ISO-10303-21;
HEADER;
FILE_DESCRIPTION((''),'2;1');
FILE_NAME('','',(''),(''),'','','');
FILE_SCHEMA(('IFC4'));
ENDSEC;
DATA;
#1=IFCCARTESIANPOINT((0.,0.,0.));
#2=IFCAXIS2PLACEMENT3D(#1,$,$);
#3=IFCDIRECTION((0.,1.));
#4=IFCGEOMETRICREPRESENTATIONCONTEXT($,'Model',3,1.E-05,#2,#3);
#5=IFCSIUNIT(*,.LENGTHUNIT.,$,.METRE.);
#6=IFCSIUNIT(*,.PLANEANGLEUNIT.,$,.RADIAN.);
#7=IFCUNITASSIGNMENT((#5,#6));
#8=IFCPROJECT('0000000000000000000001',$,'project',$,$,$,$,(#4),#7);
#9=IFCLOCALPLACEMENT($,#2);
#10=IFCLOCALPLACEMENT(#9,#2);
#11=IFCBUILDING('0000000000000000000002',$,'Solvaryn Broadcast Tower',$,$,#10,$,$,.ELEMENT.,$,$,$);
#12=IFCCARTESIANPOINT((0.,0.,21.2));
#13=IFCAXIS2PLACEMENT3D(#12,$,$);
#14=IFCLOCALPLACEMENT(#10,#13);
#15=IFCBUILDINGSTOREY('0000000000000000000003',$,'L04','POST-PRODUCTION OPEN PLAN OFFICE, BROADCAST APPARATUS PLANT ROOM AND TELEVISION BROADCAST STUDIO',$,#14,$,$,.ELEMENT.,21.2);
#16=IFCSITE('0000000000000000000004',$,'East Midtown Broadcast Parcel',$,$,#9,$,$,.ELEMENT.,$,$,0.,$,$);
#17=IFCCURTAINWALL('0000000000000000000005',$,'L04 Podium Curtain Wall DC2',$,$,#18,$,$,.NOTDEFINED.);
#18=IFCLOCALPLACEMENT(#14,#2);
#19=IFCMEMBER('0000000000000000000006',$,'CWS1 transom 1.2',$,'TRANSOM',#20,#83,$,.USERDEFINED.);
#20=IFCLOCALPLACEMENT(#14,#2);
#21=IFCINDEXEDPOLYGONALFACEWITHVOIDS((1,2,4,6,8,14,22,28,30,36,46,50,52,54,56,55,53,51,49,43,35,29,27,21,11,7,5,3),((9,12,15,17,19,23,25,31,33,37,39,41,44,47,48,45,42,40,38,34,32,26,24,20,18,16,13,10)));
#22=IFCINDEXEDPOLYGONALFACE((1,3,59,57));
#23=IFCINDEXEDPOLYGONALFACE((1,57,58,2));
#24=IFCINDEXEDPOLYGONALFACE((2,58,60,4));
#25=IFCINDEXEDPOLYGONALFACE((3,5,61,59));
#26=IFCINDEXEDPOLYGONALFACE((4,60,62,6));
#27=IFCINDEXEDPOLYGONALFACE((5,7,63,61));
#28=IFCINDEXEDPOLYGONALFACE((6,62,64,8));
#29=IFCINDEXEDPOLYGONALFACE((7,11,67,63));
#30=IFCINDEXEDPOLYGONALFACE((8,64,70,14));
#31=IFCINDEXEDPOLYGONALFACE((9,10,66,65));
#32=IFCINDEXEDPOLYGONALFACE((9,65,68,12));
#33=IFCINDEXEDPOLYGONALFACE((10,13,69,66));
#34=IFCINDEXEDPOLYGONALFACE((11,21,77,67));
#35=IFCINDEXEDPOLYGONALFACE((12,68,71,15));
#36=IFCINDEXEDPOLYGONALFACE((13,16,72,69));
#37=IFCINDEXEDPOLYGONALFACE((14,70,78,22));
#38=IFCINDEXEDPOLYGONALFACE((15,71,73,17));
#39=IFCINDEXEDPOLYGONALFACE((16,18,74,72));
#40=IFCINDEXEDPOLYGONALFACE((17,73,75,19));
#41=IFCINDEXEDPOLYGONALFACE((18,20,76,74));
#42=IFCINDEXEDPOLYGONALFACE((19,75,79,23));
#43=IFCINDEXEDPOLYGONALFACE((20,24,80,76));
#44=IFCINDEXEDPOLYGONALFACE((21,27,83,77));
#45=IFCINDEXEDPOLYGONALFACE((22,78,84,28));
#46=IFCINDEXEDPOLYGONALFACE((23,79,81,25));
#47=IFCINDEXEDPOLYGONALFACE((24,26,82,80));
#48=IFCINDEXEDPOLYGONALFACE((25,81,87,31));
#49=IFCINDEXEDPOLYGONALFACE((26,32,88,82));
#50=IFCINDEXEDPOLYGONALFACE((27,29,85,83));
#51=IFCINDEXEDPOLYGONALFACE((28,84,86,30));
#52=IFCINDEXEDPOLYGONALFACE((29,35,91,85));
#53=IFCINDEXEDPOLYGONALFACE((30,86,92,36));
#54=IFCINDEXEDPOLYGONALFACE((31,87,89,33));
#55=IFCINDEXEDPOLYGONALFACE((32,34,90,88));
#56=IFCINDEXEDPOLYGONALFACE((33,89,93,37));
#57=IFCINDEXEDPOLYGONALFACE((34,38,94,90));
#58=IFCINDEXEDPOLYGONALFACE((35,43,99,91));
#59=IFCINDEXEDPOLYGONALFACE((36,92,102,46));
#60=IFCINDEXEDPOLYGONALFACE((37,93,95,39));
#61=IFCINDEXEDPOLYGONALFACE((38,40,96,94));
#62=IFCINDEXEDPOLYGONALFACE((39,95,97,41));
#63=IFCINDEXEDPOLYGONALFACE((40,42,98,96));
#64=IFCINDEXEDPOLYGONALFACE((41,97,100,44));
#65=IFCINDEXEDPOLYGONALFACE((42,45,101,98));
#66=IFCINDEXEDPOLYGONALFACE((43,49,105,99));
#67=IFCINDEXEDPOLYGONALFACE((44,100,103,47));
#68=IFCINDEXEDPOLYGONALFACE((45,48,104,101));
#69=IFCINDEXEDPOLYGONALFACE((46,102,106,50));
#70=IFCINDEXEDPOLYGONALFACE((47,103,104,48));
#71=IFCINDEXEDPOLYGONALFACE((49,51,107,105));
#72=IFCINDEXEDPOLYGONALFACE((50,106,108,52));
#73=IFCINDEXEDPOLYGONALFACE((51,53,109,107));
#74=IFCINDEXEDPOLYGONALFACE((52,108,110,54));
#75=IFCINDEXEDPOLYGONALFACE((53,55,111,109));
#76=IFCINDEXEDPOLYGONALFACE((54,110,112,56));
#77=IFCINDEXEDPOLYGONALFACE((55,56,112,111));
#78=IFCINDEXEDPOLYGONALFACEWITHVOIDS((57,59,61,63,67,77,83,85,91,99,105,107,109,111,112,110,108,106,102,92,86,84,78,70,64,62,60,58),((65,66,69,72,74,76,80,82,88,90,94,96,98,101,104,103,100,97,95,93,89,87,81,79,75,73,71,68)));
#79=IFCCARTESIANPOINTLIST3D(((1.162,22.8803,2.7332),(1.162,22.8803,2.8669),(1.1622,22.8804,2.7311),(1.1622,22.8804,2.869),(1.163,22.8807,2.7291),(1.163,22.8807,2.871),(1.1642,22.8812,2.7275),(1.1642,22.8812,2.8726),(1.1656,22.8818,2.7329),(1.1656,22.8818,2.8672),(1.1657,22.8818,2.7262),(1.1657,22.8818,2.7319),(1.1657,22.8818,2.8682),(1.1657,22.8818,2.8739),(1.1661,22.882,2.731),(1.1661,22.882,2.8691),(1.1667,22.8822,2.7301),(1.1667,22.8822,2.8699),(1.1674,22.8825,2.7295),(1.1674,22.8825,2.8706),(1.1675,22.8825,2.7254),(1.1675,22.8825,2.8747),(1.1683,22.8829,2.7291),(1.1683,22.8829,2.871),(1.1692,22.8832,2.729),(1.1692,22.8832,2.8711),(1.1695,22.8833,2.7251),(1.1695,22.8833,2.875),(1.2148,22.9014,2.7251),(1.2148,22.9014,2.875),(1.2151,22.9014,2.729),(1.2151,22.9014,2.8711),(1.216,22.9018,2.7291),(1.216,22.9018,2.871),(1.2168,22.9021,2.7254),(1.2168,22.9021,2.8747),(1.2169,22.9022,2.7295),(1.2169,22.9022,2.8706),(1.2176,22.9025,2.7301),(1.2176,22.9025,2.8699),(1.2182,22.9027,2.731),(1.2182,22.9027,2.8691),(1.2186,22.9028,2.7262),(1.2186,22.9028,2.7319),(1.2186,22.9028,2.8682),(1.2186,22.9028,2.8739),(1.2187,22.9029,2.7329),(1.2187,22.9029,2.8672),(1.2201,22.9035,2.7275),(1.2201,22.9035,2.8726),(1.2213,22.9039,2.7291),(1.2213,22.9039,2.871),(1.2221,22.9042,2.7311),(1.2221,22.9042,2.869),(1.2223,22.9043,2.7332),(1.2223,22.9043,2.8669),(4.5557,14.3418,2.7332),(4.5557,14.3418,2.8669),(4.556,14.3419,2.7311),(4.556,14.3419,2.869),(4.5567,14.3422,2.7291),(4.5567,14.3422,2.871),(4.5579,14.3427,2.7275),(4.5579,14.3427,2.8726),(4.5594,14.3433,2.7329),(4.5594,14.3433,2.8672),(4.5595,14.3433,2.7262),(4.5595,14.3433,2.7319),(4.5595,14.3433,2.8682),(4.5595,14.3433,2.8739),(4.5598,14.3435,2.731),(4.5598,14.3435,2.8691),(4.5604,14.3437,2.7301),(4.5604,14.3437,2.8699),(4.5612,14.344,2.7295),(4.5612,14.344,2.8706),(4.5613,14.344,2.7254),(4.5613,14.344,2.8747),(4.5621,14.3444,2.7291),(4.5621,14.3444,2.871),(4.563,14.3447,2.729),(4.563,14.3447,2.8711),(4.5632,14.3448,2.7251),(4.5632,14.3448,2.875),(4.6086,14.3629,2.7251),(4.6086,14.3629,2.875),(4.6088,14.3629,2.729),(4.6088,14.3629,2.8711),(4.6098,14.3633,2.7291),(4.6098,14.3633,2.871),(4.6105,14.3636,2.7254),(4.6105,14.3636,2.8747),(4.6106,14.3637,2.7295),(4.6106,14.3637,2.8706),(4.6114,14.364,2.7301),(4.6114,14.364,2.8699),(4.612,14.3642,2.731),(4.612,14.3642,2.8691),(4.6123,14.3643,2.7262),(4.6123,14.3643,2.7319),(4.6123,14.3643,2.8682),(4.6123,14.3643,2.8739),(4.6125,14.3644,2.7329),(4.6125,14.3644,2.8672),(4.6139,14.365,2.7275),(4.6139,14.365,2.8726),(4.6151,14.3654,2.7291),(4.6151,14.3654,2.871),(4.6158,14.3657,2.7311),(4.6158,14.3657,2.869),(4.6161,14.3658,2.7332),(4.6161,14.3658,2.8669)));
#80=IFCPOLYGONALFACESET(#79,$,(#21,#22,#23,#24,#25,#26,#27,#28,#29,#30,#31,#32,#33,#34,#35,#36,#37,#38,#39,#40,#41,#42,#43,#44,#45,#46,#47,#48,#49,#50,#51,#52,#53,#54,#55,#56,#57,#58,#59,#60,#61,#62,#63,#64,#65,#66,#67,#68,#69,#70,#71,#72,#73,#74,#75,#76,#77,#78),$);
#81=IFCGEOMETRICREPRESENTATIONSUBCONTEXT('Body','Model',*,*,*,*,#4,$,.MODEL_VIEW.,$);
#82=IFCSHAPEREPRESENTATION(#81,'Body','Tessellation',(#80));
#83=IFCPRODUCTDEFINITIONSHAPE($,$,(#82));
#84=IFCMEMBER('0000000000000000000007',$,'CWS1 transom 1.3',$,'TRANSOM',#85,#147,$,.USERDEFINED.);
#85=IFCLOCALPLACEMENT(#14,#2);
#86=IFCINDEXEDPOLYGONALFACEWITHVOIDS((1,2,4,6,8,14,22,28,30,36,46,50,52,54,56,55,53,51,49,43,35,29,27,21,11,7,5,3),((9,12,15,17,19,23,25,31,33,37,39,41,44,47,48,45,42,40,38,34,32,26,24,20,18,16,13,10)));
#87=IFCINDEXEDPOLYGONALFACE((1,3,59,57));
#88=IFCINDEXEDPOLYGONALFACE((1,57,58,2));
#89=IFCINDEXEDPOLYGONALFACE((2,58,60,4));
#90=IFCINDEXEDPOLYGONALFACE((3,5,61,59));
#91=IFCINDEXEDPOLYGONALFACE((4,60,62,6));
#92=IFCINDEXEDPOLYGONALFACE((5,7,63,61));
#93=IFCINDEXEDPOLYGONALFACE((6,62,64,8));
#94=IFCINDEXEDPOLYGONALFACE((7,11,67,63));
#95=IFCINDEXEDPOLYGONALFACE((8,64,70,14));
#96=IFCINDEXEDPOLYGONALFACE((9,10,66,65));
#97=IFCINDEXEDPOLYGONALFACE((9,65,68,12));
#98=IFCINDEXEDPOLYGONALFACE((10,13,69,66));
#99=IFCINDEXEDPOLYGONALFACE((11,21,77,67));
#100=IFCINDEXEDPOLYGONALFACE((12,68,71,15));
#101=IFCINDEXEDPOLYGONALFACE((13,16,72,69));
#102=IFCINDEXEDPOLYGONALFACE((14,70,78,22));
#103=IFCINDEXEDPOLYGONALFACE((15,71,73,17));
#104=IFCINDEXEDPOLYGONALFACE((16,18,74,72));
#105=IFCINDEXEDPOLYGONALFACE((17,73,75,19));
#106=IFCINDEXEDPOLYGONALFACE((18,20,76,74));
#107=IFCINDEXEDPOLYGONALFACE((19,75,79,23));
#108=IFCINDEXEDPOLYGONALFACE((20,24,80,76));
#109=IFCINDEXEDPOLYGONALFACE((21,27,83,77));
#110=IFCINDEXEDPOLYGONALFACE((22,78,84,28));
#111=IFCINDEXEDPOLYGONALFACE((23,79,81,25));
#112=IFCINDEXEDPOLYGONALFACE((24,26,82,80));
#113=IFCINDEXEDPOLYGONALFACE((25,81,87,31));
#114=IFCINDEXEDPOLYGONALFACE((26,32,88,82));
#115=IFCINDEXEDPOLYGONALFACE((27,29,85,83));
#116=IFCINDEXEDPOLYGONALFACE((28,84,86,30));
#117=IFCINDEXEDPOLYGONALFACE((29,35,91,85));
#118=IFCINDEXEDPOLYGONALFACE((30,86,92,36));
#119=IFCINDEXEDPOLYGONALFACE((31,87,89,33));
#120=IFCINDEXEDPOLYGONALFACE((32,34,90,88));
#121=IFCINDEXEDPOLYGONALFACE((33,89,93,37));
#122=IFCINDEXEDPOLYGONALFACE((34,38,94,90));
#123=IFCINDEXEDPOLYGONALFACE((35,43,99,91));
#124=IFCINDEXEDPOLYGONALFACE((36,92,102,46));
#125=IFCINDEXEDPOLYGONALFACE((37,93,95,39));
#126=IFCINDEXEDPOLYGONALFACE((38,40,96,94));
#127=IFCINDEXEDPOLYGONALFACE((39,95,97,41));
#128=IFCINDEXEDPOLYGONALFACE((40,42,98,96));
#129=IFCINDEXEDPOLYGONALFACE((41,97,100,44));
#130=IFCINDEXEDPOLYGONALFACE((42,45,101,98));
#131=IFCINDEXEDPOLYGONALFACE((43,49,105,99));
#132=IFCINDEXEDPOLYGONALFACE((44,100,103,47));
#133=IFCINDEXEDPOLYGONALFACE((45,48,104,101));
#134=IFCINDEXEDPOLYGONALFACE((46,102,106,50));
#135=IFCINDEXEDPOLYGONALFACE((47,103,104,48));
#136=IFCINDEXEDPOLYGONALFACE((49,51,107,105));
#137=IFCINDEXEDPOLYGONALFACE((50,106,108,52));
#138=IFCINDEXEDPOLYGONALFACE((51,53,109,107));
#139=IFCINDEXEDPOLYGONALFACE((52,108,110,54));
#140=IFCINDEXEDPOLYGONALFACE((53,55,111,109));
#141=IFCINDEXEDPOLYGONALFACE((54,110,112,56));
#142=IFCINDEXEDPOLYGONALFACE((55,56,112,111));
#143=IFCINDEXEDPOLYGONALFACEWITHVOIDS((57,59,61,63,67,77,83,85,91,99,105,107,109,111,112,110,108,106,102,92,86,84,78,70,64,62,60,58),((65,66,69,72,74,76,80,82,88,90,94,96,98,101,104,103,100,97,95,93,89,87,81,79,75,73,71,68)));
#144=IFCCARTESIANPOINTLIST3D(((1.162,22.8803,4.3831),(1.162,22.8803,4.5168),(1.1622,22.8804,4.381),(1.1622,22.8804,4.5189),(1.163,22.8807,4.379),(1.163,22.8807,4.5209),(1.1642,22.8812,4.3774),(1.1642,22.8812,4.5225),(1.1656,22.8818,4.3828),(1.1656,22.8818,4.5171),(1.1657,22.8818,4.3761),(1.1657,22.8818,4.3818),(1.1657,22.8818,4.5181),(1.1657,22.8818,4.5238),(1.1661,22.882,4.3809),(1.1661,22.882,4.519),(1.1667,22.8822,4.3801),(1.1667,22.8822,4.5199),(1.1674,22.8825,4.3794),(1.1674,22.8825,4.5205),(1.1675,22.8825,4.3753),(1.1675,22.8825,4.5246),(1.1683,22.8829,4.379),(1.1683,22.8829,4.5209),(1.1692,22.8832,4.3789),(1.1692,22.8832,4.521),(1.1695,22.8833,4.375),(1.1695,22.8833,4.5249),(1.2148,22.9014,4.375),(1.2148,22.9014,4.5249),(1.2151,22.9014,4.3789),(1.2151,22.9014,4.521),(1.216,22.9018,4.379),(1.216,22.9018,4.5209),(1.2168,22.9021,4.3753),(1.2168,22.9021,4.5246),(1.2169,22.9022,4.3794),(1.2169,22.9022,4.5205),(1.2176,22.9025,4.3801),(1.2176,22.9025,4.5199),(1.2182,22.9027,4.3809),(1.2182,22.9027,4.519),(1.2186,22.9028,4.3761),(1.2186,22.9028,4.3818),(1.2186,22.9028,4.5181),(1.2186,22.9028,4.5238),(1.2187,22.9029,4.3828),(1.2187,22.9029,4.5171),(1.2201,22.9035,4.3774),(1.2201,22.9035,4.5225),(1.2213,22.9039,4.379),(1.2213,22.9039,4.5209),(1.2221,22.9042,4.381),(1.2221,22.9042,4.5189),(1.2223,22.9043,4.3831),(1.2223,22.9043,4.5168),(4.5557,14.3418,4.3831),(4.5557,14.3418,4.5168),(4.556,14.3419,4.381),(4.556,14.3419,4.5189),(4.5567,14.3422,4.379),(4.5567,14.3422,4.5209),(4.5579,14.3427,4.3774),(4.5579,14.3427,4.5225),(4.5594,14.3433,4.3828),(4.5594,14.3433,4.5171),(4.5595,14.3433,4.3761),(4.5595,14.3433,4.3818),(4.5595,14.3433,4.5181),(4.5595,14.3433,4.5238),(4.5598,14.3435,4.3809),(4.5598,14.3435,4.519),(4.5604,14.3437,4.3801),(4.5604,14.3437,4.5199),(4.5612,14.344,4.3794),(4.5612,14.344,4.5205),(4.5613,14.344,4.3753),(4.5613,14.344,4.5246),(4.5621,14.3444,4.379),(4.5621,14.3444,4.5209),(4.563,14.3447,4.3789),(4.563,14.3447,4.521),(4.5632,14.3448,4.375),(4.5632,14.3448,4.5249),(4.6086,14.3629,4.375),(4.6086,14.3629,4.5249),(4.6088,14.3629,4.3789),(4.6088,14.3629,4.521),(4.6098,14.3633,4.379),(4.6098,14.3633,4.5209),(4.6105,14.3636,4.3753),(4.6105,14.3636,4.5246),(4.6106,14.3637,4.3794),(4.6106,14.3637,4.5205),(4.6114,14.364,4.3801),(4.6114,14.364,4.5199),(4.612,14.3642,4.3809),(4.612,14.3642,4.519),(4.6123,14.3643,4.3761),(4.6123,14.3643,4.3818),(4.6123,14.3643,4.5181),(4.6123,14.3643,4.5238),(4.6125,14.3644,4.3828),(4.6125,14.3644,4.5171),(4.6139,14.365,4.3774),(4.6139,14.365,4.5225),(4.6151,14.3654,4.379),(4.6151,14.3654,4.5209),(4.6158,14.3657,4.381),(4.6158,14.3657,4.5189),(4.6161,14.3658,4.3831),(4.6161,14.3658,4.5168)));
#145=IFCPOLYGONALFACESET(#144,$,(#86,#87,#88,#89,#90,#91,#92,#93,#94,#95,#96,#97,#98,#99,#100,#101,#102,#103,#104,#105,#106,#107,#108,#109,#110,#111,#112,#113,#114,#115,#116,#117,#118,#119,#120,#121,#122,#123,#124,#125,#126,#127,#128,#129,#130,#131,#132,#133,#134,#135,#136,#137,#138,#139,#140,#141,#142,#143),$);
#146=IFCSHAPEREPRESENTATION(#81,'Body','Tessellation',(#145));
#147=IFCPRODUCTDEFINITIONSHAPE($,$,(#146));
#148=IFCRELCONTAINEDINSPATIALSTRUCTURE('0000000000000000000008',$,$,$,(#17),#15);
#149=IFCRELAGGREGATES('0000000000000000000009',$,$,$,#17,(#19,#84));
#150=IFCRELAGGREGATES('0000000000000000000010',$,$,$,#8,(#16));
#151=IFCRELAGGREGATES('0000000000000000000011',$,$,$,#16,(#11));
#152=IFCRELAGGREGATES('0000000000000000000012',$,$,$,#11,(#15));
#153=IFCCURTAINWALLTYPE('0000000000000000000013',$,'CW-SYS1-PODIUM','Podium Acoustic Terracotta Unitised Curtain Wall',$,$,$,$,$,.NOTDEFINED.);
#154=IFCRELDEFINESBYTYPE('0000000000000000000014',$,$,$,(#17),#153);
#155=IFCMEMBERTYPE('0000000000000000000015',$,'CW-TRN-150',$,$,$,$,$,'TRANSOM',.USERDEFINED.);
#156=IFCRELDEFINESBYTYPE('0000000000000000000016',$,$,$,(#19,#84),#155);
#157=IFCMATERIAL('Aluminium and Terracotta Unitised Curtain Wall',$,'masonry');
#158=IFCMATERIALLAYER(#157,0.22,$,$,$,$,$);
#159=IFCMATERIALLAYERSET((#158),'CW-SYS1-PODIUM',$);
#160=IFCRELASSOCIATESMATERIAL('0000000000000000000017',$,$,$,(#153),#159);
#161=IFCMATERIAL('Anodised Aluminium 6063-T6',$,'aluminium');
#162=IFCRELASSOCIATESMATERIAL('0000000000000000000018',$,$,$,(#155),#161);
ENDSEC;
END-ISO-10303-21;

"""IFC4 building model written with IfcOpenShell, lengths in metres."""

from ifc_helpers import new_model, si_unit, direction, frame, origin, origin_2d, place, context, subcontext, project, spatial, hollow_rectangle, extrude, material, layer, layer_set, material_profile, profile_set, type_object, element, aggregate, save


model = new_model("IFC4")

# Units and contexts
model_context = context("Model", 3, precision=1e-05, world=origin(), true_north=direction((0.0, 1.0)))
body_context = subcontext(model_context, "Body", "Model", "MODEL_VIEW")
ifc_project = project(units=[si_unit("LENGTHUNIT", "METRE"), si_unit("PLANEANGLEUNIT", "RADIAN")], contexts=[model_context])

# Site, building, storey
site_placement = place(None, origin())
site = spatial("IfcSite", under=ifc_project, at=site_placement, Name="East Midtown Broadcast Parcel", CompositionType="ELEMENT", RefElevation=0.0)
building_placement = place(site_placement, origin())
building = spatial("IfcBuilding", under=site, at=building_placement, Name="Solvaryn Broadcast Tower", CompositionType="ELEMENT")
storey_placement = place(building_placement, frame((0.0, 0.0, 21.2)))
storey = spatial("IfcBuildingStorey", under=building, at=storey_placement, Name="L04", Description="POST-PRODUCTION OPEN PLAN OFFICE, BROADCAST APPARATUS PLANT ROOM AND TELEVISION BROADCAST STUDIO", CompositionType="ELEMENT", Elevation=21.2)

# Shared definitions
ifc_material_1 = material(Name="Aluminium and Terracotta Unitised Curtain Wall", Category="masonry")
ifc_layer_1 = layer(ifc_material_1, 0.22)
ifc_layer_set_1 = layer_set([ifc_layer_1], Name="CW-SYS1-PODIUM")
curtain_wall_type = type_object("IfcCurtainWallType", Name="CW-SYS1-PODIUM", Description="Podium Acoustic Terracotta Unitised Curtain Wall", PredefinedType="NOTDEFINED", material=ifc_layer_set_1)

# Curtain wall
curtain_wall_1_placement = place(storey_placement, origin())
curtain_wall_1 = element("IfcCurtainWall", 1, at=curtain_wall_1_placement, inside=storey, type_object=curtain_wall_type, Name="L04 Podium Curtain Wall DC2", PredefinedType="NOTDEFINED")

# Members
ifc_material_2 = material(Name="Anodised Aluminium 6063-T6", Category="aluminium")
ifc_material_profile_1 = material_profile(ifc_material_2, hollow_rectangle(XDim=0.0649, YDim=0.1499, WallThickness=0.0039, InnerFilletRadius=0.0039, OuterFilletRadius=0.0081, at=origin_2d()))
ifc_profile_set_1 = profile_set([ifc_material_profile_1], Name="Anodised Aluminium 6063-T6")
member_type_1 = type_object("IfcMemberType", Name="CW-TRN-150", ElementType="TRANSOM", PredefinedType="USERDEFINED", material=ifc_profile_set_1)
member_1_placement = place(storey_placement, frame((1.1921, 22.8923, 2.8), z_axis=(0.36936, -0.929286, 0.0), x_axis=(0.929286, 0.36936, 0.0)))
member_1 = element("IfcMember", 2, at=member_1_placement, type_object=member_type_1, Name="CWS1 transom 1.2", ObjectType="TRANSOM", PredefinedType="USERDEFINED", context=body_context, shape_type="SweptSolid", body=[
    extrude(hollow_rectangle(XDim=0.0649, YDim=0.1499, WallThickness=0.0039, InnerFilletRadius=0.0039, OuterFilletRadius=0.0081, at=origin_2d()), origin(), (0.0, 0.0, 1.0), 9.1882),
])
member_2_placement = place(storey_placement, frame((1.1921, 22.8923, 4.45), z_axis=(0.36936, -0.929286, 0.0), x_axis=(0.929286, 0.36936, 0.0)))
member_2 = element("IfcMember", 3, at=member_2_placement, type_object=member_type_1, Name="CWS1 transom 1.3", ObjectType="TRANSOM", PredefinedType="USERDEFINED", context=body_context, shape_type="SweptSolid", body=[
    extrude(hollow_rectangle(XDim=0.0649, YDim=0.1499, WallThickness=0.0039, InnerFilletRadius=0.0039, OuterFilletRadius=0.0081, at=origin_2d()), origin(), (0.0, 0.0, 1.0), 9.1882),
])

aggregate(curtain_wall_1, [member_1, member_2])

save(model, "model.ifc")
